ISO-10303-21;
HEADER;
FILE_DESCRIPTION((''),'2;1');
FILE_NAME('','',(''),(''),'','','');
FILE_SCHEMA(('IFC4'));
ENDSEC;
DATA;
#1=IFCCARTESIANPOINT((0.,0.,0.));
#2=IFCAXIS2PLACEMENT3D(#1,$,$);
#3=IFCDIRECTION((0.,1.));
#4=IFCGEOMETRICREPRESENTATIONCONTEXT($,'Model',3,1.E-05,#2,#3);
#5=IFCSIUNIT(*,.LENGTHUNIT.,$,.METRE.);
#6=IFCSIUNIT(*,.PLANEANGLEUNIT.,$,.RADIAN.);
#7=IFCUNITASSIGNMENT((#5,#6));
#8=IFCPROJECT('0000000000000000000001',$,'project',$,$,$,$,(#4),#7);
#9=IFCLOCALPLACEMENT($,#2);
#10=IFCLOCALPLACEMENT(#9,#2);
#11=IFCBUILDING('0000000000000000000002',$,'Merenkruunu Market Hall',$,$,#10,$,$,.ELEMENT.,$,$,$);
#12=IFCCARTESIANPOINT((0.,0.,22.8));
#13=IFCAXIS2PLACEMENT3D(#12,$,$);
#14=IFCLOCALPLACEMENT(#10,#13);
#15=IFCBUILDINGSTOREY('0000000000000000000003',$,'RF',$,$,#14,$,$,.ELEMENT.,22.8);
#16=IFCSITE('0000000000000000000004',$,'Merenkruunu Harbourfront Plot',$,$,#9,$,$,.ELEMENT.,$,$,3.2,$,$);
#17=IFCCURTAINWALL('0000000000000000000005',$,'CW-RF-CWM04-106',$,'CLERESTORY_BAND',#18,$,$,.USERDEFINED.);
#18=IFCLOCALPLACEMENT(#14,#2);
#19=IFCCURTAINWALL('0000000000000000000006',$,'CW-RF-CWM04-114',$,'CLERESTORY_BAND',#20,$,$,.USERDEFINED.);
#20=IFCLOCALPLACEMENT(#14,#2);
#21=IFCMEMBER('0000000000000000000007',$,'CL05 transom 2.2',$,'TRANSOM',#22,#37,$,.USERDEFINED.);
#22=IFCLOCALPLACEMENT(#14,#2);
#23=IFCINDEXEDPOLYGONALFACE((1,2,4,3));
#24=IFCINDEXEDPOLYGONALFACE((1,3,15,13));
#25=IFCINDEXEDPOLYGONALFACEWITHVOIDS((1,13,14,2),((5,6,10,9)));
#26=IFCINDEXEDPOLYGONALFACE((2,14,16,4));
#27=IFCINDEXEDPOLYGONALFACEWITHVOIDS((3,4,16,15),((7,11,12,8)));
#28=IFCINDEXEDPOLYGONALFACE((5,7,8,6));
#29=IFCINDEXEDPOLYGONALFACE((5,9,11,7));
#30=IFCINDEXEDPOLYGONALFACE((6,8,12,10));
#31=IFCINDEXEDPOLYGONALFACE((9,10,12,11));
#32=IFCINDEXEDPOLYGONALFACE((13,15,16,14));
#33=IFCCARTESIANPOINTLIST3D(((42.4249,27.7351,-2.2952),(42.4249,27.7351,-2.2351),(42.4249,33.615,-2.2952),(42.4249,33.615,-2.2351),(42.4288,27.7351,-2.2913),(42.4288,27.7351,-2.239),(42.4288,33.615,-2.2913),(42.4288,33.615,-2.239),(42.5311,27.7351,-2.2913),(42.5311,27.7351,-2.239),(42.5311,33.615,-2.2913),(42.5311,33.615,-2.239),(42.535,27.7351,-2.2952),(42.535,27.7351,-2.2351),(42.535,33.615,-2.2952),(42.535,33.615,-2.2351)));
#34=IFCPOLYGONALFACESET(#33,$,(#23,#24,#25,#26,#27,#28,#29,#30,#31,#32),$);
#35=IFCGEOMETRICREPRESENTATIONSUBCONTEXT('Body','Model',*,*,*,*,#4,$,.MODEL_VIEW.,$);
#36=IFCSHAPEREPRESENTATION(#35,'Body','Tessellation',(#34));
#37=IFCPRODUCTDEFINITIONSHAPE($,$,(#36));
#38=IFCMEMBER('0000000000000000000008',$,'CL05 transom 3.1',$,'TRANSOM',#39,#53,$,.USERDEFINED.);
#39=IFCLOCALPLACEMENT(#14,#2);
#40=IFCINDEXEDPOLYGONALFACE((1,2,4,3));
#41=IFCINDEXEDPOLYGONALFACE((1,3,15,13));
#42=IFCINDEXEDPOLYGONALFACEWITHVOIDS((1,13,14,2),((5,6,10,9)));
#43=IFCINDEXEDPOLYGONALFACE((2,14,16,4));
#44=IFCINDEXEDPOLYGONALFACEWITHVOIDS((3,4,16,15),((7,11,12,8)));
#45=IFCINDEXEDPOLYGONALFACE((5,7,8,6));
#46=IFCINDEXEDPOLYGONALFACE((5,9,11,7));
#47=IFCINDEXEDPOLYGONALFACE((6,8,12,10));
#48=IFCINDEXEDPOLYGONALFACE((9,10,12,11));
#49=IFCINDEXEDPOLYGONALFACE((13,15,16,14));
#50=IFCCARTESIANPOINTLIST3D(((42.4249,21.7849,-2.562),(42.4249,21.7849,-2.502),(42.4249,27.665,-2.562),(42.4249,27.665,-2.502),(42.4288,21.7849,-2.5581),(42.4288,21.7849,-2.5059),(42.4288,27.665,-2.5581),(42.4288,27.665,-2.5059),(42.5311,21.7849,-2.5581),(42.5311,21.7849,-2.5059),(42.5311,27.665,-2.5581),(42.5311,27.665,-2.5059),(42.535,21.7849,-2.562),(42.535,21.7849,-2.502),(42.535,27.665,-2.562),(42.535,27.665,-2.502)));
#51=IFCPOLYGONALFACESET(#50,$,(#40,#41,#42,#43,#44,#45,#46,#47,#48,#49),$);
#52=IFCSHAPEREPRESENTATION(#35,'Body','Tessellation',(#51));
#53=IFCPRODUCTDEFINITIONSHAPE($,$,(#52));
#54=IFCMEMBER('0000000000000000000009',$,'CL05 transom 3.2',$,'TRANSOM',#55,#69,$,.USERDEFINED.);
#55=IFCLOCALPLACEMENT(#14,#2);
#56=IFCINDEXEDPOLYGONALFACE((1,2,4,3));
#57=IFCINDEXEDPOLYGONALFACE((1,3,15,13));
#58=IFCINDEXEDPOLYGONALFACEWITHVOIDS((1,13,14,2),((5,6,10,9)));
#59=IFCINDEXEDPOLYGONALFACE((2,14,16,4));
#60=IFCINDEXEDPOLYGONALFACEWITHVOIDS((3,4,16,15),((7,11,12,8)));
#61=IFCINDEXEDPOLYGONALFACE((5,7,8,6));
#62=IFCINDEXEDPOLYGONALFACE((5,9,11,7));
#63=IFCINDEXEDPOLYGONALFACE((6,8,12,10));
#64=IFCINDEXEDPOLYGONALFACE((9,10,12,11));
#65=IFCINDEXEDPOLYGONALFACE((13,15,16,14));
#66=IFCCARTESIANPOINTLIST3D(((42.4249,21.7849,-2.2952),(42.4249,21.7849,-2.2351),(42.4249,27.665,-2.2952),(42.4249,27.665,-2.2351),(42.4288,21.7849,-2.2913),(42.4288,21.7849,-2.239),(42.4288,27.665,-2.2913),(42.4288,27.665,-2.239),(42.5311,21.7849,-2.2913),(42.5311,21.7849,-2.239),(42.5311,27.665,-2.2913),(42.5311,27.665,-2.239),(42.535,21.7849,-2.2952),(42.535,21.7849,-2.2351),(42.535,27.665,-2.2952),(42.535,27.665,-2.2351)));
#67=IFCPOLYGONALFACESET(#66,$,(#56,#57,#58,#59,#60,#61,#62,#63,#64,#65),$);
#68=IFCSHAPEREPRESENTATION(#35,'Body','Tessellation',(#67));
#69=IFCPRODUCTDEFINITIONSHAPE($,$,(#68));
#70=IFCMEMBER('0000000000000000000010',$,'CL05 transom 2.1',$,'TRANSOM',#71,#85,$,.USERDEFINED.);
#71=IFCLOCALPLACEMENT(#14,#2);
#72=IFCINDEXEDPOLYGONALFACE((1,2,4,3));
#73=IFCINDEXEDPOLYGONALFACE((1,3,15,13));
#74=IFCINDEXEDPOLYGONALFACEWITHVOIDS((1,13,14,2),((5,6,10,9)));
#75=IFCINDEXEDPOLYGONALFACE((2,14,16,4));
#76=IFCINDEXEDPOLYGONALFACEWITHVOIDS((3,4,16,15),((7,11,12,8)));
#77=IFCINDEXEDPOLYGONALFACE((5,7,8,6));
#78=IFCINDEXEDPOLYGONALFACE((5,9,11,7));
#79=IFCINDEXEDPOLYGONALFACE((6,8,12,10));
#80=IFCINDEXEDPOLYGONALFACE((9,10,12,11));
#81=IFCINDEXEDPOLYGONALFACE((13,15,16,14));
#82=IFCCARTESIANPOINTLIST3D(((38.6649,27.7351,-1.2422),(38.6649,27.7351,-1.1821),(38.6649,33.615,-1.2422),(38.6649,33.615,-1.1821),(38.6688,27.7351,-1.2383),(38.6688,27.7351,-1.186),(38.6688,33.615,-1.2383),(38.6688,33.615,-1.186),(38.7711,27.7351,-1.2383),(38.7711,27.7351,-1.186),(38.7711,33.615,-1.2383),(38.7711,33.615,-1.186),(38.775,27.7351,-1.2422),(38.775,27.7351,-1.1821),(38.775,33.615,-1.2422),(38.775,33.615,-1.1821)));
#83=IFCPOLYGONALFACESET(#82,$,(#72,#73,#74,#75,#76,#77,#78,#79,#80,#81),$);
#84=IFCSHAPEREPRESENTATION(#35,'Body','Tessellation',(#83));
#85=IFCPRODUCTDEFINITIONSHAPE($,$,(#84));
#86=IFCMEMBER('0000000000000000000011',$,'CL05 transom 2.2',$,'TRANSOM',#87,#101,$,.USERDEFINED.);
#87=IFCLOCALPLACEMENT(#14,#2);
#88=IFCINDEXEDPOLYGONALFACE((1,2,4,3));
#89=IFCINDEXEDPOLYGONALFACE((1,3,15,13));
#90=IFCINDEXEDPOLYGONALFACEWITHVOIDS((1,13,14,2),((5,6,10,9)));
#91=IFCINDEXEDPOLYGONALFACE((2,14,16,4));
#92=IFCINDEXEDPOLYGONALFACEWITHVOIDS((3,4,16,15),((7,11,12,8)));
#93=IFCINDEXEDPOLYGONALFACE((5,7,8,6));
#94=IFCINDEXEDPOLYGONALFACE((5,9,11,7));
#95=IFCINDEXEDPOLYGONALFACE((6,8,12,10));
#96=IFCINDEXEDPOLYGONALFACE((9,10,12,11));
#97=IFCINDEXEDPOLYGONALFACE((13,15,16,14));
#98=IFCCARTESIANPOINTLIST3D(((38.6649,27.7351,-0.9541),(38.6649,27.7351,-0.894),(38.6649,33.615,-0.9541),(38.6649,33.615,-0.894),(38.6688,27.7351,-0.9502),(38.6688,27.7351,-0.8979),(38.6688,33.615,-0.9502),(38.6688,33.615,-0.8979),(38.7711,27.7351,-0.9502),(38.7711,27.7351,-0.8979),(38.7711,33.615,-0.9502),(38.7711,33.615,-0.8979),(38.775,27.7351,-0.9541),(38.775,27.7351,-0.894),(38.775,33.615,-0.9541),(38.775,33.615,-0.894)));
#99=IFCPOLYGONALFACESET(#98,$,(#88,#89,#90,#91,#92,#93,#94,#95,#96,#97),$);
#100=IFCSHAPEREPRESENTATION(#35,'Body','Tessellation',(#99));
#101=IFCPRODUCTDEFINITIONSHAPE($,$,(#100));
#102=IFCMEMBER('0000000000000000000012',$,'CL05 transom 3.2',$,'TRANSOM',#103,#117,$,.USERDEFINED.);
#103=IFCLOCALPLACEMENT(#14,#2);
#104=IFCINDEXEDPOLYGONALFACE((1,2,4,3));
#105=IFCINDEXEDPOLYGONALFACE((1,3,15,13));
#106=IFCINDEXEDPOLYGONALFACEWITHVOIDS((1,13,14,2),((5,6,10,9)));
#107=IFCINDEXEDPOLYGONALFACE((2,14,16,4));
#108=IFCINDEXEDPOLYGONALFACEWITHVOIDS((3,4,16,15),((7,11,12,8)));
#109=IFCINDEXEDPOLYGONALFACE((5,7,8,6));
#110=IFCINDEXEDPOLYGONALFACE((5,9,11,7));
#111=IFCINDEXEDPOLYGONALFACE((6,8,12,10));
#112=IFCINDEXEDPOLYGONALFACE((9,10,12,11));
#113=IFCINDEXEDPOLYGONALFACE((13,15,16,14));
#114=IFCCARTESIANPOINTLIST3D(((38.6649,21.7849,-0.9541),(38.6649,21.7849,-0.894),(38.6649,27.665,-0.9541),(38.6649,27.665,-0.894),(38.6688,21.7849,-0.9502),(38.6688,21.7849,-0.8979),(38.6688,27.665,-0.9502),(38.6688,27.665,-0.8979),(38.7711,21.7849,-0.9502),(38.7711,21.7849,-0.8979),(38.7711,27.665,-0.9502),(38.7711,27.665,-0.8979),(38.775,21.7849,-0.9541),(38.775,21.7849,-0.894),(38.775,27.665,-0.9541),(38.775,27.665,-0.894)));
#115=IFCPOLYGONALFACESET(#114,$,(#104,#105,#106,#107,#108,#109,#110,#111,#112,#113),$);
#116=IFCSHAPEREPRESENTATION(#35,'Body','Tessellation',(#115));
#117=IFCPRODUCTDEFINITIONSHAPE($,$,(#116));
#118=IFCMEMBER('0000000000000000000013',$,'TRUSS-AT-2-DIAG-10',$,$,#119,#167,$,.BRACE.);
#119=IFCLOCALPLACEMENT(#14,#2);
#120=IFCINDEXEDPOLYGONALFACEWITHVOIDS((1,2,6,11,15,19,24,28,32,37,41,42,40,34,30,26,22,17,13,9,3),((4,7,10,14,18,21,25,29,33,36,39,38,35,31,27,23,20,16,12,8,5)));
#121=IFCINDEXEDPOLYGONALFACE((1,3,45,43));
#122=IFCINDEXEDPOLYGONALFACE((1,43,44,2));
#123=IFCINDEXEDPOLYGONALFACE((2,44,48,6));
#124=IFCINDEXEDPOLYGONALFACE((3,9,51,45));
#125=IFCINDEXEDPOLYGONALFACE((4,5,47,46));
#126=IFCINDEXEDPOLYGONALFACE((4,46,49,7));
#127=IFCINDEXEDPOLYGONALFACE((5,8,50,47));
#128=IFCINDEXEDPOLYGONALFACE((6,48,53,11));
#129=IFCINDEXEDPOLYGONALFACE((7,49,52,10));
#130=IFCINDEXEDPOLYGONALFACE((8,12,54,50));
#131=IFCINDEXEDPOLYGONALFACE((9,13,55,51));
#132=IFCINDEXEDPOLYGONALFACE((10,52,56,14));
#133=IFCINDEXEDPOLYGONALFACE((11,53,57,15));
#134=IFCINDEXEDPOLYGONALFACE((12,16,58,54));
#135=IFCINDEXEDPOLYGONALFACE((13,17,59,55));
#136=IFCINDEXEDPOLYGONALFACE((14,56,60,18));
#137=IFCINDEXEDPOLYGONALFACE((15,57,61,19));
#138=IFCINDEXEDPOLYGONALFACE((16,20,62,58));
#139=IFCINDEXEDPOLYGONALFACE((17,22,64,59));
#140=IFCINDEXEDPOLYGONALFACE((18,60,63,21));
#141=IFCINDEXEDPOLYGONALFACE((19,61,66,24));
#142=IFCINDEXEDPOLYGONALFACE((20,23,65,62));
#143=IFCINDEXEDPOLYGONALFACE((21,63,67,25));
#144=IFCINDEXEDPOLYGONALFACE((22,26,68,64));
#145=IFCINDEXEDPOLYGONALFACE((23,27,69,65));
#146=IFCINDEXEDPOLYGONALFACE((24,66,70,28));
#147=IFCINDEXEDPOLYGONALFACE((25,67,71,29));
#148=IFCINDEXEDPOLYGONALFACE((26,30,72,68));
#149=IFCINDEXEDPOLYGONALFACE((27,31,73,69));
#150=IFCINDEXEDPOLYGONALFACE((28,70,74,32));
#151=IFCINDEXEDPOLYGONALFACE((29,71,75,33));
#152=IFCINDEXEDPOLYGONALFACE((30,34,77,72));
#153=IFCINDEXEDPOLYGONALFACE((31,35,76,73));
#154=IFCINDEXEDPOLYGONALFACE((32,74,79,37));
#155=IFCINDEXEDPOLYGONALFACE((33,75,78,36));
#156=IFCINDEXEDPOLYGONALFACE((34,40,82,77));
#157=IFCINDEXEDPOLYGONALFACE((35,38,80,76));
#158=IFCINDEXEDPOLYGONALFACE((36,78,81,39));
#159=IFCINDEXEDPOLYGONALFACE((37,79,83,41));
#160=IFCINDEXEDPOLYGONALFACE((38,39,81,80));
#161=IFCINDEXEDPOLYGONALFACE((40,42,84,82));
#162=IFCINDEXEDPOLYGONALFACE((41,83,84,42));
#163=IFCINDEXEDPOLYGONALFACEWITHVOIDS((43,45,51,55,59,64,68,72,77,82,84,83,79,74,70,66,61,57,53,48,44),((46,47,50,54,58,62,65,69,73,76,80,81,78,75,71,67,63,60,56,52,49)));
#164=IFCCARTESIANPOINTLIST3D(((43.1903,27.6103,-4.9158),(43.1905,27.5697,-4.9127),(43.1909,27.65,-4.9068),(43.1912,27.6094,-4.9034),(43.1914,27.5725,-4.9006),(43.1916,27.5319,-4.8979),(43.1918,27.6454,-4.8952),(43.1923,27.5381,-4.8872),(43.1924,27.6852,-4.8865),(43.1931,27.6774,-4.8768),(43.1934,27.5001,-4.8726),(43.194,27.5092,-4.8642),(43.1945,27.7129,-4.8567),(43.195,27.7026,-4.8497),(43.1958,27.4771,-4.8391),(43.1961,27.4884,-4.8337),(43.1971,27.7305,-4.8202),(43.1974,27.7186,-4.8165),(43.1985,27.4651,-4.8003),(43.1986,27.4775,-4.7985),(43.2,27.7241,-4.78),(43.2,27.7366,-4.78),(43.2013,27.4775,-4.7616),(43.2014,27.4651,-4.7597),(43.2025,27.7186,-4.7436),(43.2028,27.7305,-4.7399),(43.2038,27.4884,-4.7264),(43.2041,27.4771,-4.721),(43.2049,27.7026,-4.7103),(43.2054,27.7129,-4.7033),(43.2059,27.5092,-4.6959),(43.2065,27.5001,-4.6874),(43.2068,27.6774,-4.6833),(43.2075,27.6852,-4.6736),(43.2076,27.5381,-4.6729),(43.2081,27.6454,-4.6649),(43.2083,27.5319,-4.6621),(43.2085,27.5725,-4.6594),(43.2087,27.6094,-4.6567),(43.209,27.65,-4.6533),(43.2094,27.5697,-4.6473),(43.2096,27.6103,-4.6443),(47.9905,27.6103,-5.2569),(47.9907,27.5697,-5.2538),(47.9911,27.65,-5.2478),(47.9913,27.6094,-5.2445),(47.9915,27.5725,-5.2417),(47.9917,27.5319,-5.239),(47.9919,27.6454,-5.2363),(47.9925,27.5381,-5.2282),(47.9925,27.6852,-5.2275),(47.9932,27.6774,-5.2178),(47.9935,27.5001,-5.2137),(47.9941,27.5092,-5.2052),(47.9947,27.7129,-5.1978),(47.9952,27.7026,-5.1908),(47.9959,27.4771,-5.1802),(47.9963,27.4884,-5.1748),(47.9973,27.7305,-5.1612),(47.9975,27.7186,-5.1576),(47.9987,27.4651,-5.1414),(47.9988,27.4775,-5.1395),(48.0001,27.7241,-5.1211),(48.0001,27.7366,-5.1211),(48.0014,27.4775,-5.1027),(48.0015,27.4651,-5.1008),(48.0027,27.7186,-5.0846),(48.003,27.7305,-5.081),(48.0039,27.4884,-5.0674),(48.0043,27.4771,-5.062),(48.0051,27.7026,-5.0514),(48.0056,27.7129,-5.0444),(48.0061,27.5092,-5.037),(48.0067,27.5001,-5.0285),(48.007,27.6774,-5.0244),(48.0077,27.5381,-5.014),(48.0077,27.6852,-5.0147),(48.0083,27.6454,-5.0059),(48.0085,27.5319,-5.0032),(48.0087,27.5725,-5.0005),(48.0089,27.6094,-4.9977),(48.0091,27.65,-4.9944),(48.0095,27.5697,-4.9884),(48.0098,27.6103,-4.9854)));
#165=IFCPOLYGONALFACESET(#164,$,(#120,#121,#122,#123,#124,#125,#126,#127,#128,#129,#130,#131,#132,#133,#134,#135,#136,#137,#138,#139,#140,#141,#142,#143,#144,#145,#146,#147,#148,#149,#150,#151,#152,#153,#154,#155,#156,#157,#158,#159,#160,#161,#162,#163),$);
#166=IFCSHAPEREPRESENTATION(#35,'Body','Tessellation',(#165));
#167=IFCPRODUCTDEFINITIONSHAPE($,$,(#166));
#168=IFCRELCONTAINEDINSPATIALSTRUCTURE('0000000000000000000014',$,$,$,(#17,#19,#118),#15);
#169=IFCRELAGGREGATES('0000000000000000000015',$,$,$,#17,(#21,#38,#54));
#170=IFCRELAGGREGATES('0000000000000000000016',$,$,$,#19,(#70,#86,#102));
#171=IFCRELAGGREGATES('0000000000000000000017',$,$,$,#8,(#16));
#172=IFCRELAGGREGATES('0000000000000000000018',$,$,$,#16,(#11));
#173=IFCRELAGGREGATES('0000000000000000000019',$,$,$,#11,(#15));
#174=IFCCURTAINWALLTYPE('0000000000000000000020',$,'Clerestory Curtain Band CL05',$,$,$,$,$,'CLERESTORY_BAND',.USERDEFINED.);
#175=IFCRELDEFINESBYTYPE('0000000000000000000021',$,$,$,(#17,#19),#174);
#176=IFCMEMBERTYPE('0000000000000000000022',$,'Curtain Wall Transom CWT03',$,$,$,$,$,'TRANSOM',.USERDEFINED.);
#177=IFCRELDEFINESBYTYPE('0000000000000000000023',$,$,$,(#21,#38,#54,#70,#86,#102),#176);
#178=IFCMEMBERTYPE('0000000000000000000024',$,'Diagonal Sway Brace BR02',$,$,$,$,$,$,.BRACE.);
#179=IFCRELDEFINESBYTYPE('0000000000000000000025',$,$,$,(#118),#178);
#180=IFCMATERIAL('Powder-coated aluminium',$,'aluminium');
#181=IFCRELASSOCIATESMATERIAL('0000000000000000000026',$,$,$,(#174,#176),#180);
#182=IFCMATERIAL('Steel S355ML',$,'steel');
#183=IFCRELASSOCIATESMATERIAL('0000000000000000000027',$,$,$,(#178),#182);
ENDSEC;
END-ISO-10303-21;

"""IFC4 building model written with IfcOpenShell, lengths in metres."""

from ifc_helpers import new_model, si_unit, direction, frame, origin, origin_2d, place, context, subcontext, project, spatial, hollow_rectangle, hollow_circle, extrude, material, material_profile, profile_set, type_object, element, aggregate, save


model = new_model("IFC4")

# Units and contexts
model_context = context("Model", 3, precision=1e-05, world=origin(), true_north=direction((0.0, 1.0)))
body_context = subcontext(model_context, "Body", "Model", "MODEL_VIEW")
ifc_project = project(units=[si_unit("LENGTHUNIT", "METRE"), si_unit("PLANEANGLEUNIT", "RADIAN")], contexts=[model_context])

# Site, building, storey
site_placement = place(None, origin())
site = spatial("IfcSite", under=ifc_project, at=site_placement, Name="Merenkruunu Harbourfront Plot", CompositionType="ELEMENT", RefElevation=3.2)
building_placement = place(site_placement, origin())
building = spatial("IfcBuilding", under=site, at=building_placement, Name="Merenkruunu Market Hall", CompositionType="ELEMENT")
storey_placement = place(building_placement, frame((0.0, 0.0, 22.8)))
storey = spatial("IfcBuildingStorey", under=building, at=storey_placement, Name="RF", CompositionType="ELEMENT", Elevation=22.8)

# Shared definitions
ifc_material_1 = material(Name="Steel S355ML", Category="steel")

# Curtain wall
ifc_material_2 = material(Name="Powder-coated aluminium", Category="aluminium")
curtain_wall_type = type_object("IfcCurtainWallType", Name="Clerestory Curtain Band CL05", ElementType="CLERESTORY_BAND", PredefinedType="USERDEFINED", material=ifc_material_2)
curtain_wall_1_placement = place(storey_placement, origin())
curtain_wall_1 = element("IfcCurtainWall", 1, at=curtain_wall_1_placement, inside=storey, type_object=curtain_wall_type, Name="CW-RF-CWM04-106", ObjectType="CLERESTORY_BAND", PredefinedType="USERDEFINED")

# Curtain wall
curtain_wall_2_placement = place(storey_placement, origin())
curtain_wall_2 = element("IfcCurtainWall", 2, at=curtain_wall_2_placement, inside=storey, type_object=curtain_wall_type, Name="CW-RF-CWM04-114", ObjectType="CLERESTORY_BAND", PredefinedType="USERDEFINED")

# Members
ifc_material_profile_1 = material_profile(ifc_material_2, hollow_rectangle(XDim=0.0601, YDim=0.1101, WallThickness=0.0039, at=origin_2d()), Name="ALU 60x110x4")
ifc_profile_set_1 = profile_set([ifc_material_profile_1], Name="Powder-coated aluminium")
member_type_1 = type_object("IfcMemberType", Name="Curtain Wall Transom CWT03", ElementType="TRANSOM", PredefinedType="USERDEFINED", material=ifc_profile_set_1)
member_1_placement = place(storey_placement, frame((42.48, 33.615, -2.2651), z_axis=(0.0, -1.0, 0.0), x_axis=(0.0, 0.0, 1.0)))
member_1 = element("IfcMember", 3, at=member_1_placement, type_object=member_type_1, Name="CL05 transom 2.2", ObjectType="TRANSOM", PredefinedType="USERDEFINED", context=body_context, shape_type="SweptSolid", body=[
    extrude(hollow_rectangle(XDim=0.0601, YDim=0.1101, WallThickness=0.0039, at=origin_2d()), origin(), (0.0, 0.0, 1.0), 5.8799),
])
member_2_placement = place(storey_placement, frame((42.48, 27.665, -2.532), z_axis=(0.0, -1.0, 0.0), x_axis=(0.0, 0.0, 1.0)))
member_2 = element("IfcMember", 4, at=member_2_placement, type_object=member_type_1, Name="CL05 transom 3.1", ObjectType="TRANSOM", PredefinedType="USERDEFINED", context=body_context, shape_type="SweptSolid", body=[
    extrude(hollow_rectangle(XDim=0.0601, YDim=0.1101, WallThickness=0.0039, at=origin_2d()), origin(), (0.0, 0.0, 1.0), 5.8801),
])
member_3_placement = place(storey_placement, frame((42.48, 27.665, -2.2651), z_axis=(0.0, -1.0, 0.0), x_axis=(0.0, 0.0, 1.0)))
member_3 = element("IfcMember", 5, at=member_3_placement, type_object=member_type_1, Name="CL05 transom 3.2", ObjectType="TRANSOM", PredefinedType="USERDEFINED", context=body_context, shape_type="SweptSolid", body=[
    extrude(hollow_rectangle(XDim=0.0601, YDim=0.1101, WallThickness=0.0039, at=origin_2d()), origin(), (0.0, 0.0, 1.0), 5.8801),
])
member_4_placement = place(storey_placement, frame((38.72, 33.615, -1.2122), z_axis=(0.0, -1.0, 0.0), x_axis=(0.0, 0.0, 1.0)))
member_4 = element("IfcMember", 6, at=member_4_placement, type_object=member_type_1, Name="CL05 transom 2.1", ObjectType="TRANSOM", PredefinedType="USERDEFINED", context=body_context, shape_type="SweptSolid", body=[
    extrude(hollow_rectangle(XDim=0.0601, YDim=0.1101, WallThickness=0.0039, at=origin_2d()), origin(), (0.0, 0.0, 1.0), 5.8799),
])
member_5_placement = place(storey_placement, frame((38.72, 33.615, -0.9241), z_axis=(0.0, -1.0, 0.0), x_axis=(0.0, 0.0, 1.0)))
member_5 = element("IfcMember", 7, at=member_5_placement, type_object=member_type_1, Name="CL05 transom 2.2", ObjectType="TRANSOM", PredefinedType="USERDEFINED", context=body_context, shape_type="SweptSolid", body=[
    extrude(hollow_rectangle(XDim=0.0601, YDim=0.1101, WallThickness=0.0039, at=origin_2d()), origin(), (0.0, 0.0, 1.0), 5.8799),
])
member_6_placement = place(storey_placement, frame((38.72, 27.665, -0.9241), z_axis=(0.0, -1.0, 0.0), x_axis=(0.0, 0.0, 1.0)))
member_6 = element("IfcMember", 8, at=member_6_placement, type_object=member_type_1, Name="CL05 transom 3.2", ObjectType="TRANSOM", PredefinedType="USERDEFINED", context=body_context, shape_type="SweptSolid", body=[
    extrude(hollow_rectangle(XDim=0.0601, YDim=0.1101, WallThickness=0.0039, at=origin_2d()), origin(), (0.0, 0.0, 1.0), 5.8801),
])

# Member
ifc_material_profile_2 = material_profile(ifc_material_1, hollow_circle(Radius=0.1365, WallThickness=0.0125, at=origin_2d()), Name="CHS 273x12.5")
ifc_profile_set_2 = profile_set([ifc_material_profile_2], Name="Steel S355ML")
member_type_2 = type_object("IfcMemberType", Name="Diagonal Sway Brace BR02", PredefinedType="BRACE", material=ifc_profile_set_2)
member_7_placement = place(storey_placement, frame((43.2, 27.6001, -4.78), z_axis=(0.997485, 0.0, -0.070876), x_axis=(0.0, 1.0, 0.0)))
element("IfcMember", 9, at=member_7_placement, inside=storey, type_object=member_type_2, Name="TRUSS-AT-2-DIAG-10", PredefinedType="BRACE", context=body_context, shape_type="SweptSolid", body=[
    extrude(hollow_circle(Radius=0.1365, WallThickness=0.0125, at=origin_2d()), origin(), (0.0, 0.0, 1.0), 4.8123),
])

aggregate(curtain_wall_1, [member_1, member_2, member_3])
aggregate(curtain_wall_2, [member_4, member_5, member_6])

save(model, "model.ifc")
